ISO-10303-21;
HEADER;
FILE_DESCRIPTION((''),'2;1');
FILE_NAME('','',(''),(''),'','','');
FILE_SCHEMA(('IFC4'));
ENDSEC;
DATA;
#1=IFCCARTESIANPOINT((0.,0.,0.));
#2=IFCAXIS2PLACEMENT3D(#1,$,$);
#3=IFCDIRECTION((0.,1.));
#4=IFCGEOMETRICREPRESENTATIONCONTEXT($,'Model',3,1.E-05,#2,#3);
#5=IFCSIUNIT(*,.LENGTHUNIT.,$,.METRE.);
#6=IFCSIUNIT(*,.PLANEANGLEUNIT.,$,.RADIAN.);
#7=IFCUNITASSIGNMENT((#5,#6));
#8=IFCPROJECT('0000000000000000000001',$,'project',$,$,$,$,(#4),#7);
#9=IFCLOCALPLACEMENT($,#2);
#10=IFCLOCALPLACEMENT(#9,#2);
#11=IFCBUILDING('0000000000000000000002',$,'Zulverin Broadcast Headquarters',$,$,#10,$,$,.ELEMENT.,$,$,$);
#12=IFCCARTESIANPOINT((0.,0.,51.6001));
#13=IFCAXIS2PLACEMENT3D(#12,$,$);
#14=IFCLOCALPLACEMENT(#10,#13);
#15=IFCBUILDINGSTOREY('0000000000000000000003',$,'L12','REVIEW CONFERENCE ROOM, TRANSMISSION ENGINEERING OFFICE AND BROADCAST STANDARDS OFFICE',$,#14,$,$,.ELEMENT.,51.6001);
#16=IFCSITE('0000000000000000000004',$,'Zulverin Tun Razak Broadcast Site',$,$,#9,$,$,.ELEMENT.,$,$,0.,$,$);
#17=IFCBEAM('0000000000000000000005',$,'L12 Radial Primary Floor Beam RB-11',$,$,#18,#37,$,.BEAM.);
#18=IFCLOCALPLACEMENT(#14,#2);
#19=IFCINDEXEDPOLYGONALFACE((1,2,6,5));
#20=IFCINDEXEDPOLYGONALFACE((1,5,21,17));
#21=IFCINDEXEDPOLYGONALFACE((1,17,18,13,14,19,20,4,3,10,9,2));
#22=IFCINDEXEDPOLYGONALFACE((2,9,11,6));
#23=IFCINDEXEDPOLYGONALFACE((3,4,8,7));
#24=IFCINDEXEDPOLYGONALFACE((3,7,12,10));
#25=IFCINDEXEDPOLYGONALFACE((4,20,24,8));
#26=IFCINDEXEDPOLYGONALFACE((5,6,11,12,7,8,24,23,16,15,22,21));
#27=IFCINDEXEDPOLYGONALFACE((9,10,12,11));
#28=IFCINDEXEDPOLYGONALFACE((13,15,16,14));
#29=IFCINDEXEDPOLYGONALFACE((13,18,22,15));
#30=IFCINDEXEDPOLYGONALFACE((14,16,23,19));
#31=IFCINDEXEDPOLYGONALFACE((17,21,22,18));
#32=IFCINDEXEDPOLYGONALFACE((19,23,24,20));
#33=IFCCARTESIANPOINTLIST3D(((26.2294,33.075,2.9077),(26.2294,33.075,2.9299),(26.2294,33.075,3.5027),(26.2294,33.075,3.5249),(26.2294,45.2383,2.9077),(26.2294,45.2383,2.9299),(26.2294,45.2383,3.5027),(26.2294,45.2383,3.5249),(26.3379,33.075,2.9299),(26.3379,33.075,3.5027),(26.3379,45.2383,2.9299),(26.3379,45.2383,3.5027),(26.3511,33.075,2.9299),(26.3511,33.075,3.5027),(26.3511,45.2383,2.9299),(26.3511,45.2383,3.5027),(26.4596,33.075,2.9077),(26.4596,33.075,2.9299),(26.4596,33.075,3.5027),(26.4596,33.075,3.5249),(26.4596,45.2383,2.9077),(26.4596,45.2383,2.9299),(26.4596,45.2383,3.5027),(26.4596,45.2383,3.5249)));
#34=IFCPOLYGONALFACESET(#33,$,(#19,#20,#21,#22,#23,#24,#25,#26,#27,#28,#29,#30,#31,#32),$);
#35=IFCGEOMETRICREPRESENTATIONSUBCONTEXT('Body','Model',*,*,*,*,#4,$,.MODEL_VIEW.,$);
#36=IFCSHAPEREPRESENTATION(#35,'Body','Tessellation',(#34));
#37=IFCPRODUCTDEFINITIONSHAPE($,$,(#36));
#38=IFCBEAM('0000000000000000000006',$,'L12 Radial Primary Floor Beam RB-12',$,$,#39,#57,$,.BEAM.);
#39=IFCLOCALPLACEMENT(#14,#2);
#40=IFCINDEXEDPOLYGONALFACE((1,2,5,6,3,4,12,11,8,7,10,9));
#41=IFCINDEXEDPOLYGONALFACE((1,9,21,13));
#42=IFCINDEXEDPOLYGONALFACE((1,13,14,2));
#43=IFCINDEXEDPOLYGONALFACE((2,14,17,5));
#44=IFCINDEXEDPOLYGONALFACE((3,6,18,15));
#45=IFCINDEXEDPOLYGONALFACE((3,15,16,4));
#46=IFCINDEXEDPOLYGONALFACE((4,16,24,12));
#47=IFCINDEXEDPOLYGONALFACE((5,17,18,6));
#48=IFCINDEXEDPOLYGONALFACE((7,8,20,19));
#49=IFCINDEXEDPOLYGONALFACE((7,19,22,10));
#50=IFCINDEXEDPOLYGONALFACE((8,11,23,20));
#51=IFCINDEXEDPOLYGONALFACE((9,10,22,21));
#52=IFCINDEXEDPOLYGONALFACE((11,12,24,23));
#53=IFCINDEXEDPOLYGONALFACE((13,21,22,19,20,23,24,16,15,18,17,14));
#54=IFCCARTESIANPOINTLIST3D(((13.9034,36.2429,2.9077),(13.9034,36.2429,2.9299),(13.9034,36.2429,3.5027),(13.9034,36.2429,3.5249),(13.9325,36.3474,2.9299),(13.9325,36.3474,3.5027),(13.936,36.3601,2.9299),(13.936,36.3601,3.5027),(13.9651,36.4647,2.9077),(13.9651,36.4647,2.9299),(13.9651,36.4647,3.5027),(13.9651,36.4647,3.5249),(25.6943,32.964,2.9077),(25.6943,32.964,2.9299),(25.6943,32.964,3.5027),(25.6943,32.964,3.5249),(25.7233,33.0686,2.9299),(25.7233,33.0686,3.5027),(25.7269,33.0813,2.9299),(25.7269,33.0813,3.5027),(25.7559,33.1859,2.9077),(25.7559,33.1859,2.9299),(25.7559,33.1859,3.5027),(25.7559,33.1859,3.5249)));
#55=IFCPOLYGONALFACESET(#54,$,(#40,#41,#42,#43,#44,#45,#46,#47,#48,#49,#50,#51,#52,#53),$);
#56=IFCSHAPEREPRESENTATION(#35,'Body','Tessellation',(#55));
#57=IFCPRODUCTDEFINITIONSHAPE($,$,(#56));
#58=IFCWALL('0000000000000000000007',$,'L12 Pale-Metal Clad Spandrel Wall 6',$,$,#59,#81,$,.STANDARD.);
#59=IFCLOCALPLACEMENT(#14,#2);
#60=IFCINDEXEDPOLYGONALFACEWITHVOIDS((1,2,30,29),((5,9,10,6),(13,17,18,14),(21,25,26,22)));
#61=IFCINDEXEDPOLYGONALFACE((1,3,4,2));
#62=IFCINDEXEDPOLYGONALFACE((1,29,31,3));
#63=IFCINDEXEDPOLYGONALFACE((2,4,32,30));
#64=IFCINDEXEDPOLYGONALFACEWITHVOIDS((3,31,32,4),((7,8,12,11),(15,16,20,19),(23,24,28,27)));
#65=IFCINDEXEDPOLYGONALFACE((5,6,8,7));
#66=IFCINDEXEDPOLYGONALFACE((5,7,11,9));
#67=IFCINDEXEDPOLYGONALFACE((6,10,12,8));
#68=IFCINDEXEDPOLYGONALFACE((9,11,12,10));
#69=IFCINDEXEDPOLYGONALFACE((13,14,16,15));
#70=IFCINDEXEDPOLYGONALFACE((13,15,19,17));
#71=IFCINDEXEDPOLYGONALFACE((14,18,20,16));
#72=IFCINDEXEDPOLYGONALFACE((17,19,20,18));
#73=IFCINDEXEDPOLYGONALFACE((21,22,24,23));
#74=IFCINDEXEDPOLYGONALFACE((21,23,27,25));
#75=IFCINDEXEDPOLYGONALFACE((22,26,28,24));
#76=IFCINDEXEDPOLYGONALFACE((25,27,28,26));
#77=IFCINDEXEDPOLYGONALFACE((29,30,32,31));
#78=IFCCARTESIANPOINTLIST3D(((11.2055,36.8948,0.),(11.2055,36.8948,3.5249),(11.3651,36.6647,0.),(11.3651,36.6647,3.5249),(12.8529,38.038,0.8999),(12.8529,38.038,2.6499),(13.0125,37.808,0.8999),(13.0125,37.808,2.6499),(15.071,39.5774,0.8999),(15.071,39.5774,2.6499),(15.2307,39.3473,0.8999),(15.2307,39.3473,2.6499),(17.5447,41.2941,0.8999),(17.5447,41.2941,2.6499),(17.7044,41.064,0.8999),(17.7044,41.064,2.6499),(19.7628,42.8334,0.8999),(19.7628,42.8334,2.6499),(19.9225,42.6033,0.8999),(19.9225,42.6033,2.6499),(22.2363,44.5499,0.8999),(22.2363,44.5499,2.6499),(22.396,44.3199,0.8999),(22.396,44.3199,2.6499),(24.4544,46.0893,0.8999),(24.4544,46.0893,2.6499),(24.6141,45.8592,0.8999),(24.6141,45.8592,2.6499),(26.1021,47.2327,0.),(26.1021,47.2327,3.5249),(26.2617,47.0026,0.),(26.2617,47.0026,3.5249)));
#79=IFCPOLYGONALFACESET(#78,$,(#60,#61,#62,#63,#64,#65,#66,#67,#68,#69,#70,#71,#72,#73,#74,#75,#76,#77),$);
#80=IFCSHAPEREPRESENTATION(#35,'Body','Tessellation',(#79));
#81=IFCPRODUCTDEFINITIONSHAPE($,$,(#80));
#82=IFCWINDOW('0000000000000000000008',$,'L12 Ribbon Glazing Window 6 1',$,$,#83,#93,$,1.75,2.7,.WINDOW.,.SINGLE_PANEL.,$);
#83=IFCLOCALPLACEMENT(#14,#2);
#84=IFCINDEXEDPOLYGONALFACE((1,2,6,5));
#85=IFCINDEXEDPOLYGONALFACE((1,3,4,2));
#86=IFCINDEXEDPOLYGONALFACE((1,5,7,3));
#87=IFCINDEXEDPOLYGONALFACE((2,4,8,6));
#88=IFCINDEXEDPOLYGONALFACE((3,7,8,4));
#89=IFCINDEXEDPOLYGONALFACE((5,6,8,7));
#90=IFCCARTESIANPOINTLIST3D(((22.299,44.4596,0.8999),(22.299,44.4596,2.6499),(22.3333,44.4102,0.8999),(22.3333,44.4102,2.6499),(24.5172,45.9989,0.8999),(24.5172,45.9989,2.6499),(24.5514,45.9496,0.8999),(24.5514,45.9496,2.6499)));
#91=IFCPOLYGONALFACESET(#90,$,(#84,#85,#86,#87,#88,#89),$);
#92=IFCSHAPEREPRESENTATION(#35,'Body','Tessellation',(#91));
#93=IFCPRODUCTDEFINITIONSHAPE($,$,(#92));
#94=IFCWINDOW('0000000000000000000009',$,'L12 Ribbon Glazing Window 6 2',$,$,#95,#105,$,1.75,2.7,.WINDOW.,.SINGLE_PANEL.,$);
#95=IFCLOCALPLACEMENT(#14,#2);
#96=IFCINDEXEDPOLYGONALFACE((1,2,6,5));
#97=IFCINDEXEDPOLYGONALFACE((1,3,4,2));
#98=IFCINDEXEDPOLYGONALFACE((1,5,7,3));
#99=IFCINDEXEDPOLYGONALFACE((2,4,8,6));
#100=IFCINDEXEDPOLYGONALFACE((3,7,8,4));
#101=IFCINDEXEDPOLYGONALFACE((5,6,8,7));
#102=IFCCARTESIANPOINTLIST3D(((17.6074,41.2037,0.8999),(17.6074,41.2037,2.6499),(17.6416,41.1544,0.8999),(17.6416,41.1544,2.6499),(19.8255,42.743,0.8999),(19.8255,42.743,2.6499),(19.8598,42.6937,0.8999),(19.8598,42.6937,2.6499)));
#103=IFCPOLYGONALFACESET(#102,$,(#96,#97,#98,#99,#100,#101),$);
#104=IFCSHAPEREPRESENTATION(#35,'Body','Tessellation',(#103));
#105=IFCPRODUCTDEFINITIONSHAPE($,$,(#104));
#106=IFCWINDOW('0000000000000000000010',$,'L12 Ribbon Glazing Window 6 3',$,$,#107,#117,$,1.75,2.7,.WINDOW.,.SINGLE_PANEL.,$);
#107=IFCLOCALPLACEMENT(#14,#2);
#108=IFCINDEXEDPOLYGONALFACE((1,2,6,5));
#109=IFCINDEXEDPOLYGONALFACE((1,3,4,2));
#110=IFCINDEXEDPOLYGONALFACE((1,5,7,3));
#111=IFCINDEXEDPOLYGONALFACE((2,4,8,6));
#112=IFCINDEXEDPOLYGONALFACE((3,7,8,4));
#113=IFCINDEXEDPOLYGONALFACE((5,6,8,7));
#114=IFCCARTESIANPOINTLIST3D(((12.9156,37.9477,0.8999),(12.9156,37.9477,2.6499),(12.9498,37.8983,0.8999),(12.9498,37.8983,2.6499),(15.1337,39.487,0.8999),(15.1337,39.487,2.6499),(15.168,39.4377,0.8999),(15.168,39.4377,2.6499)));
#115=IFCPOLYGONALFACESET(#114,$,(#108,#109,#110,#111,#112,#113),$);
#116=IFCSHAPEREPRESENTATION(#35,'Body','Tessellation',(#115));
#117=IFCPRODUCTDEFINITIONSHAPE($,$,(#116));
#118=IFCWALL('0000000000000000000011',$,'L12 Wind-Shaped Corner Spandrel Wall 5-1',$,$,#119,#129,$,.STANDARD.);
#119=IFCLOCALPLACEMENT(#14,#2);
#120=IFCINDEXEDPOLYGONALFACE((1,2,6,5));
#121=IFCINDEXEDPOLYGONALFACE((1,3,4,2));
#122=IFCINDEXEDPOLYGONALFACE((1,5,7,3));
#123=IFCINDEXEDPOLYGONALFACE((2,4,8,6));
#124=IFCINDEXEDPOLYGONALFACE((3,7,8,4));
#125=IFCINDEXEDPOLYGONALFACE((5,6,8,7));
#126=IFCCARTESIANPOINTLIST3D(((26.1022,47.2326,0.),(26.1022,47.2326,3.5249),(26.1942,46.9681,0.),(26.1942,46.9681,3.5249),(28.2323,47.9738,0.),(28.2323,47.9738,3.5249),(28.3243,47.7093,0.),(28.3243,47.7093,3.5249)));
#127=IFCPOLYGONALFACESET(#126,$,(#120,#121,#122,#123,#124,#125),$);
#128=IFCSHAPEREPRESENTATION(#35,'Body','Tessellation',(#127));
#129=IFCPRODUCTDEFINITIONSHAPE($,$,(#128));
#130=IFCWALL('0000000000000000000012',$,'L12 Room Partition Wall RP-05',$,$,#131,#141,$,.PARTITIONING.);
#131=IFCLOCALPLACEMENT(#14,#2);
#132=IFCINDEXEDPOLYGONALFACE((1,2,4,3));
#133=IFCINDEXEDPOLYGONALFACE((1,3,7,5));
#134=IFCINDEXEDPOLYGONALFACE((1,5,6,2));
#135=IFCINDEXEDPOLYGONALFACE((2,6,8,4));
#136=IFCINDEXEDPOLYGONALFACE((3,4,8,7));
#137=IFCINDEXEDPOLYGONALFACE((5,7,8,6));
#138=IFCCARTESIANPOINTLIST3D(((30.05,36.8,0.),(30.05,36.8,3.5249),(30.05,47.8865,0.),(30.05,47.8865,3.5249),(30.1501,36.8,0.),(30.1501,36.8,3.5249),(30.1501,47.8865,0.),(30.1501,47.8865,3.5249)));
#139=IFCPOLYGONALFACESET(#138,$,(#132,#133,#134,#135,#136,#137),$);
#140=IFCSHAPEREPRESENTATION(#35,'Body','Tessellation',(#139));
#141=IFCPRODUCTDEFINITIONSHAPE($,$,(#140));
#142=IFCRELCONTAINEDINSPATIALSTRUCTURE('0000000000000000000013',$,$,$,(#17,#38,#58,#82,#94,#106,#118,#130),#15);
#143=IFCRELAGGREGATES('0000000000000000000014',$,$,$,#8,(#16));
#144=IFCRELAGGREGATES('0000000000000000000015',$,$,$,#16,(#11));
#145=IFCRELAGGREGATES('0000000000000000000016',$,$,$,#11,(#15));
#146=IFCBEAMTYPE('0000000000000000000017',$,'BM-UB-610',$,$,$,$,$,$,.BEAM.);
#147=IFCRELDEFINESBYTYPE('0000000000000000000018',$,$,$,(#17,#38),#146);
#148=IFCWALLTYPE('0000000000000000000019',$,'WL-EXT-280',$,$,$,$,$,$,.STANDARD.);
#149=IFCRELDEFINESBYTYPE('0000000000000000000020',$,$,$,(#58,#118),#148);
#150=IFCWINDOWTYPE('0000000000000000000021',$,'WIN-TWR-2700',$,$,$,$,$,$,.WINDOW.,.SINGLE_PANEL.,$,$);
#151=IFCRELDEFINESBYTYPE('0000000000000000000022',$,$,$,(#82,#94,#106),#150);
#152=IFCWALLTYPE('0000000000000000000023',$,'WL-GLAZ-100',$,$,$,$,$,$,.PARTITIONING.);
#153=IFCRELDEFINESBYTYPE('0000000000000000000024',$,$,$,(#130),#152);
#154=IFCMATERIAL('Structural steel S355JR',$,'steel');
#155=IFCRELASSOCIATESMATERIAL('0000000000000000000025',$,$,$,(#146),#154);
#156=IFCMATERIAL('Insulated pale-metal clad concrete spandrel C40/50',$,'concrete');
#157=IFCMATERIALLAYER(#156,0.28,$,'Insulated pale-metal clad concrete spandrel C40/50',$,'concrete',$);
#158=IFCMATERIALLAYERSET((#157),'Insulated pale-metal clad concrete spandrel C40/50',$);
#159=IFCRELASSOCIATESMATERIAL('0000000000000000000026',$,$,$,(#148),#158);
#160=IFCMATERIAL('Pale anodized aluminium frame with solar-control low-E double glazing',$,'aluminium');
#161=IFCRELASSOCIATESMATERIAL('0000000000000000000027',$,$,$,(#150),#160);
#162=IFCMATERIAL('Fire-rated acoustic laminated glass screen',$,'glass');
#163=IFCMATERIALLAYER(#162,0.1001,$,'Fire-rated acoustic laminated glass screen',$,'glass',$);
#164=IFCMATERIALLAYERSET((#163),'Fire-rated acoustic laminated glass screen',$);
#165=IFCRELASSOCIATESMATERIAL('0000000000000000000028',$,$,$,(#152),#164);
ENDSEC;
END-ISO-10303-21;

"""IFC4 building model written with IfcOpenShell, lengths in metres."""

from ifc_helpers import new_model, si_unit, direction, frame, frame_2d, origin, origin_2d, place, context, subcontext, project, spatial, rectangle, i_section, extrude, material, layer, layer_set, material_profile, profile_set, type_object, element, fill, save


model = new_model("IFC4")

# Units and contexts
model_context = context("Model", 3, precision=1e-05, world=origin(), true_north=direction((0.0, 1.0)))
body_context = subcontext(model_context, "Body", "Model", "MODEL_VIEW")
ifc_project = project(units=[si_unit("LENGTHUNIT", "METRE"), si_unit("PLANEANGLEUNIT", "RADIAN")], contexts=[model_context])

# Site, building, storey
site_placement = place(None, origin())
site = spatial("IfcSite", under=ifc_project, at=site_placement, Name="Zulverin Tun Razak Broadcast Site", CompositionType="ELEMENT", RefElevation=0.0)
building_placement = place(site_placement, origin())
building = spatial("IfcBuilding", under=site, at=building_placement, Name="Zulverin Broadcast Headquarters", CompositionType="ELEMENT")
storey_placement = place(building_placement, frame((0.0, 0.0, 51.6001)))
storey = spatial("IfcBuildingStorey", under=building, at=storey_placement, Name="L12", Description="REVIEW CONFERENCE ROOM, TRANSMISSION ENGINEERING OFFICE AND BROADCAST STANDARDS OFFICE", CompositionType="ELEMENT", Elevation=51.6001)

# Beams
ifc_material_1 = material(Name="Structural steel S355JR", Category="steel")
ifc_material_profile_1 = material_profile(ifc_material_1, i_section(OverallWidth=0.2302, OverallDepth=0.6172, WebThickness=0.0132, FlangeThickness=0.0222, at=origin_2d()), Name="Structural steel S355JR", Category="steel")
ifc_profile_set_1 = profile_set([ifc_material_profile_1], Name="Structural steel S355JR")
beam_type_1 = type_object("IfcBeamType", Name="BM-UB-610", PredefinedType="BEAM", material=ifc_profile_set_1)
beam_1_placement = place(storey_placement, frame((26.3445, 33.075, 3.2163), z_axis=(0.0, 1.0, 0.0), x_axis=(-1.0, 0.0, 0.0)))
element("IfcBeam", 1, at=beam_1_placement, inside=storey, type_object=beam_type_1, Name="L12 Radial Primary Floor Beam RB-11", PredefinedType="BEAM", context=body_context, shape_type="SweptSolid", body=[
    extrude(i_section(OverallWidth=0.2302, OverallDepth=0.6172, WebThickness=0.0132, FlangeThickness=0.0222, at=origin_2d()), origin(), (0.0, 0.0, 1.0), 12.1633),
])
beam_2_placement = place(storey_placement, frame((25.7251, 33.075, 3.2163), z_axis=(-0.963442, 0.267917, 0.0), x_axis=(-0.267917, -0.963442, 0.0)))
element("IfcBeam", 2, at=beam_2_placement, inside=storey, type_object=beam_type_1, Name="L12 Radial Primary Floor Beam RB-12", PredefinedType="BEAM", context=body_context, shape_type="SweptSolid", body=[
    extrude(i_section(OverallWidth=0.2302, OverallDepth=0.6172, WebThickness=0.0132, FlangeThickness=0.0222, at=origin_2d()), origin(), (0.0, 0.0, 1.0), 12.2383),
])

# Wall, openings, windows
ifc_material_2 = material(Name="Insulated pale-metal clad concrete spandrel C40/50", Category="concrete")
ifc_layer_1 = layer(ifc_material_2, 0.28, Name="Insulated pale-metal clad concrete spandrel C40/50", Category="concrete")
ifc_layer_set_1 = layer_set([ifc_layer_1], Name="Insulated pale-metal clad concrete spandrel C40/50")
wall_type_1 = type_object("IfcWallType", Name="WL-EXT-280", PredefinedType="STANDARD", material=ifc_layer_set_1)
wall_1_placement = place(storey_placement, frame((26.1819, 47.1177, 0.0), z_axis=(0.0, 0.0, 1.0), x_axis=(-0.821548, -0.570139, 0.0)))
wall_1 = element("IfcWall", 3, at=wall_1_placement, inside=storey, type_object=wall_type_1, Name="L12 Pale-Metal Clad Spandrel Wall 6", PredefinedType="STANDARD", context=body_context, shape_type="SweptSolid", body=[
    extrude(rectangle(XDim=18.1323, YDim=0.28, at=frame_2d((9.0662, 0.0))), origin(), (0.0, 0.0, 1.0), 3.5249),
])
opening_1_placement = place(wall_1_placement, frame((2.0054, 0.0, 0.8999)))
opening_1 = element("IfcOpeningElement", 4, at=opening_1_placement, cuts=wall_1, PredefinedType="OPENING", context=body_context, shape_type="SweptSolid", body=[
    extrude(rectangle(XDim=2.7, YDim=1.75, at=frame_2d((1.3501, 0.875))), frame((0.0, 0.1499, 0.0), z_axis=(0.0, -1.0, 0.0), x_axis=(1.0, 0.0, 0.0)), (0.0, 0.0, 1.0), 0.3),
])
opening_2_placement = place(wall_1_placement, frame((7.7161, 0.0, 0.8999)))
opening_2 = element("IfcOpeningElement", 5, at=opening_2_placement, cuts=wall_1, PredefinedType="OPENING", context=body_context, shape_type="SweptSolid", body=[
    extrude(rectangle(XDim=2.7, YDim=1.75, at=frame_2d((1.3501, 0.875))), frame((0.0, 0.1499, 0.0), z_axis=(0.0, -1.0, 0.0), x_axis=(1.0, 0.0, 0.0)), (0.0, 0.0, 1.0), 0.3),
])
opening_3_placement = place(wall_1_placement, frame((13.427, 0.0, 0.8999)))
opening_3 = element("IfcOpeningElement", 6, at=opening_3_placement, cuts=wall_1, PredefinedType="OPENING", context=body_context, shape_type="SweptSolid", body=[
    extrude(rectangle(XDim=2.7, YDim=1.75, at=frame_2d((1.3501, 0.875))), frame((0.0, 0.1499, 0.0), z_axis=(0.0, -1.0, 0.0), x_axis=(1.0, 0.0, 0.0)), (0.0, 0.0, 1.0), 0.3),
])
ifc_material_3 = material(Name="Pale anodized aluminium frame with solar-control low-E double glazing", Category="aluminium")
window_type = type_object("IfcWindowType", Name="WIN-TWR-2700", PartitioningType="SINGLE_PANEL", PredefinedType="WINDOW", material=ifc_material_3)
window_1_placement = place(opening_1_placement, origin())
window_1 = element("IfcWindow", 7, at=window_1_placement, inside=storey, type_object=window_type, Name="L12 Ribbon Glazing Window 6 1", OverallHeight=1.75, OverallWidth=2.7, PartitioningType="SINGLE_PANEL", PredefinedType="WINDOW", context=body_context, shape_type="SweptSolid", body=[
    extrude(rectangle(XDim=2.7, YDim=1.75, at=frame_2d((1.3501, 0.875))), frame((0.0, 0.03, 0.0), z_axis=(0.0, -1.0, 0.0), x_axis=(1.0, 0.0, 0.0)), (0.0, 0.0, 1.0), 0.0601),
])
fill(opening_1, window_1)
window_2_placement = place(opening_2_placement, origin())
window_2 = element("IfcWindow", 8, at=window_2_placement, inside=storey, type_object=window_type, Name="L12 Ribbon Glazing Window 6 2", OverallHeight=1.75, OverallWidth=2.7, PartitioningType="SINGLE_PANEL", PredefinedType="WINDOW", context=body_context, shape_type="SweptSolid", body=[
    extrude(rectangle(XDim=2.7, YDim=1.75, at=frame_2d((1.3501, 0.875))), frame((0.0, 0.03, 0.0), z_axis=(0.0, -1.0, 0.0), x_axis=(1.0, 0.0, 0.0)), (0.0, 0.0, 1.0), 0.0601),
])
fill(opening_2, window_2)
window_3_placement = place(opening_3_placement, origin())
window_3 = element("IfcWindow", 9, at=window_3_placement, inside=storey, type_object=window_type, Name="L12 Ribbon Glazing Window 6 3", OverallHeight=1.75, OverallWidth=2.7, PartitioningType="SINGLE_PANEL", PredefinedType="WINDOW", context=body_context, shape_type="SweptSolid", body=[
    extrude(rectangle(XDim=2.7, YDim=1.75, at=frame_2d((1.3501, 0.875))), frame((0.0, 0.03, 0.0), z_axis=(0.0, -1.0, 0.0), x_axis=(1.0, 0.0, 0.0)), (0.0, 0.0, 1.0), 0.0601),
])
fill(opening_3, window_3)

# Walls
wall_2_placement = place(storey_placement, frame((28.2783, 47.8416, 0.0), z_axis=(0.0, 0.0, 1.0), x_axis=(-0.944456, -0.328638, 0.0)))
element("IfcWall", 10, at=wall_2_placement, inside=storey, type_object=wall_type_1, Name="L12 Wind-Shaped Corner Spandrel Wall 5-1", PredefinedType="STANDARD", context=body_context, shape_type="SweptSolid", body=[
    extrude(rectangle(XDim=2.2554, YDim=0.28, at=frame_2d((1.1277, 0.0))), origin(), (0.0, 0.0, 1.0), 3.5249),
])
ifc_material_4 = material(Name="Fire-rated acoustic laminated glass screen", Category="glass")
ifc_layer_2 = layer(ifc_material_4, 0.1001, Name="Fire-rated acoustic laminated glass screen", Category="glass")
ifc_layer_set_2 = layer_set([ifc_layer_2], Name="Fire-rated acoustic laminated glass screen")
wall_type_2 = type_object("IfcWallType", Name="WL-GLAZ-100", PredefinedType="PARTITIONING", material=ifc_layer_set_2)
wall_3_placement = place(storey_placement, frame((30.1001, 36.8, 0.0), z_axis=(0.0, 0.0, 1.0), x_axis=(0.0, 1.0, 0.0)))
element("IfcWall", 11, at=wall_3_placement, inside=storey, type_object=wall_type_2, Name="L12 Room Partition Wall RP-05", PredefinedType="PARTITIONING", context=body_context, shape_type="SweptSolid", body=[
    extrude(rectangle(XDim=11.0864, YDim=0.1001, at=frame_2d((5.5432, 0.0))), origin(), (0.0, 0.0, 1.0), 3.5249),
])

save(model, "model.ifc")
